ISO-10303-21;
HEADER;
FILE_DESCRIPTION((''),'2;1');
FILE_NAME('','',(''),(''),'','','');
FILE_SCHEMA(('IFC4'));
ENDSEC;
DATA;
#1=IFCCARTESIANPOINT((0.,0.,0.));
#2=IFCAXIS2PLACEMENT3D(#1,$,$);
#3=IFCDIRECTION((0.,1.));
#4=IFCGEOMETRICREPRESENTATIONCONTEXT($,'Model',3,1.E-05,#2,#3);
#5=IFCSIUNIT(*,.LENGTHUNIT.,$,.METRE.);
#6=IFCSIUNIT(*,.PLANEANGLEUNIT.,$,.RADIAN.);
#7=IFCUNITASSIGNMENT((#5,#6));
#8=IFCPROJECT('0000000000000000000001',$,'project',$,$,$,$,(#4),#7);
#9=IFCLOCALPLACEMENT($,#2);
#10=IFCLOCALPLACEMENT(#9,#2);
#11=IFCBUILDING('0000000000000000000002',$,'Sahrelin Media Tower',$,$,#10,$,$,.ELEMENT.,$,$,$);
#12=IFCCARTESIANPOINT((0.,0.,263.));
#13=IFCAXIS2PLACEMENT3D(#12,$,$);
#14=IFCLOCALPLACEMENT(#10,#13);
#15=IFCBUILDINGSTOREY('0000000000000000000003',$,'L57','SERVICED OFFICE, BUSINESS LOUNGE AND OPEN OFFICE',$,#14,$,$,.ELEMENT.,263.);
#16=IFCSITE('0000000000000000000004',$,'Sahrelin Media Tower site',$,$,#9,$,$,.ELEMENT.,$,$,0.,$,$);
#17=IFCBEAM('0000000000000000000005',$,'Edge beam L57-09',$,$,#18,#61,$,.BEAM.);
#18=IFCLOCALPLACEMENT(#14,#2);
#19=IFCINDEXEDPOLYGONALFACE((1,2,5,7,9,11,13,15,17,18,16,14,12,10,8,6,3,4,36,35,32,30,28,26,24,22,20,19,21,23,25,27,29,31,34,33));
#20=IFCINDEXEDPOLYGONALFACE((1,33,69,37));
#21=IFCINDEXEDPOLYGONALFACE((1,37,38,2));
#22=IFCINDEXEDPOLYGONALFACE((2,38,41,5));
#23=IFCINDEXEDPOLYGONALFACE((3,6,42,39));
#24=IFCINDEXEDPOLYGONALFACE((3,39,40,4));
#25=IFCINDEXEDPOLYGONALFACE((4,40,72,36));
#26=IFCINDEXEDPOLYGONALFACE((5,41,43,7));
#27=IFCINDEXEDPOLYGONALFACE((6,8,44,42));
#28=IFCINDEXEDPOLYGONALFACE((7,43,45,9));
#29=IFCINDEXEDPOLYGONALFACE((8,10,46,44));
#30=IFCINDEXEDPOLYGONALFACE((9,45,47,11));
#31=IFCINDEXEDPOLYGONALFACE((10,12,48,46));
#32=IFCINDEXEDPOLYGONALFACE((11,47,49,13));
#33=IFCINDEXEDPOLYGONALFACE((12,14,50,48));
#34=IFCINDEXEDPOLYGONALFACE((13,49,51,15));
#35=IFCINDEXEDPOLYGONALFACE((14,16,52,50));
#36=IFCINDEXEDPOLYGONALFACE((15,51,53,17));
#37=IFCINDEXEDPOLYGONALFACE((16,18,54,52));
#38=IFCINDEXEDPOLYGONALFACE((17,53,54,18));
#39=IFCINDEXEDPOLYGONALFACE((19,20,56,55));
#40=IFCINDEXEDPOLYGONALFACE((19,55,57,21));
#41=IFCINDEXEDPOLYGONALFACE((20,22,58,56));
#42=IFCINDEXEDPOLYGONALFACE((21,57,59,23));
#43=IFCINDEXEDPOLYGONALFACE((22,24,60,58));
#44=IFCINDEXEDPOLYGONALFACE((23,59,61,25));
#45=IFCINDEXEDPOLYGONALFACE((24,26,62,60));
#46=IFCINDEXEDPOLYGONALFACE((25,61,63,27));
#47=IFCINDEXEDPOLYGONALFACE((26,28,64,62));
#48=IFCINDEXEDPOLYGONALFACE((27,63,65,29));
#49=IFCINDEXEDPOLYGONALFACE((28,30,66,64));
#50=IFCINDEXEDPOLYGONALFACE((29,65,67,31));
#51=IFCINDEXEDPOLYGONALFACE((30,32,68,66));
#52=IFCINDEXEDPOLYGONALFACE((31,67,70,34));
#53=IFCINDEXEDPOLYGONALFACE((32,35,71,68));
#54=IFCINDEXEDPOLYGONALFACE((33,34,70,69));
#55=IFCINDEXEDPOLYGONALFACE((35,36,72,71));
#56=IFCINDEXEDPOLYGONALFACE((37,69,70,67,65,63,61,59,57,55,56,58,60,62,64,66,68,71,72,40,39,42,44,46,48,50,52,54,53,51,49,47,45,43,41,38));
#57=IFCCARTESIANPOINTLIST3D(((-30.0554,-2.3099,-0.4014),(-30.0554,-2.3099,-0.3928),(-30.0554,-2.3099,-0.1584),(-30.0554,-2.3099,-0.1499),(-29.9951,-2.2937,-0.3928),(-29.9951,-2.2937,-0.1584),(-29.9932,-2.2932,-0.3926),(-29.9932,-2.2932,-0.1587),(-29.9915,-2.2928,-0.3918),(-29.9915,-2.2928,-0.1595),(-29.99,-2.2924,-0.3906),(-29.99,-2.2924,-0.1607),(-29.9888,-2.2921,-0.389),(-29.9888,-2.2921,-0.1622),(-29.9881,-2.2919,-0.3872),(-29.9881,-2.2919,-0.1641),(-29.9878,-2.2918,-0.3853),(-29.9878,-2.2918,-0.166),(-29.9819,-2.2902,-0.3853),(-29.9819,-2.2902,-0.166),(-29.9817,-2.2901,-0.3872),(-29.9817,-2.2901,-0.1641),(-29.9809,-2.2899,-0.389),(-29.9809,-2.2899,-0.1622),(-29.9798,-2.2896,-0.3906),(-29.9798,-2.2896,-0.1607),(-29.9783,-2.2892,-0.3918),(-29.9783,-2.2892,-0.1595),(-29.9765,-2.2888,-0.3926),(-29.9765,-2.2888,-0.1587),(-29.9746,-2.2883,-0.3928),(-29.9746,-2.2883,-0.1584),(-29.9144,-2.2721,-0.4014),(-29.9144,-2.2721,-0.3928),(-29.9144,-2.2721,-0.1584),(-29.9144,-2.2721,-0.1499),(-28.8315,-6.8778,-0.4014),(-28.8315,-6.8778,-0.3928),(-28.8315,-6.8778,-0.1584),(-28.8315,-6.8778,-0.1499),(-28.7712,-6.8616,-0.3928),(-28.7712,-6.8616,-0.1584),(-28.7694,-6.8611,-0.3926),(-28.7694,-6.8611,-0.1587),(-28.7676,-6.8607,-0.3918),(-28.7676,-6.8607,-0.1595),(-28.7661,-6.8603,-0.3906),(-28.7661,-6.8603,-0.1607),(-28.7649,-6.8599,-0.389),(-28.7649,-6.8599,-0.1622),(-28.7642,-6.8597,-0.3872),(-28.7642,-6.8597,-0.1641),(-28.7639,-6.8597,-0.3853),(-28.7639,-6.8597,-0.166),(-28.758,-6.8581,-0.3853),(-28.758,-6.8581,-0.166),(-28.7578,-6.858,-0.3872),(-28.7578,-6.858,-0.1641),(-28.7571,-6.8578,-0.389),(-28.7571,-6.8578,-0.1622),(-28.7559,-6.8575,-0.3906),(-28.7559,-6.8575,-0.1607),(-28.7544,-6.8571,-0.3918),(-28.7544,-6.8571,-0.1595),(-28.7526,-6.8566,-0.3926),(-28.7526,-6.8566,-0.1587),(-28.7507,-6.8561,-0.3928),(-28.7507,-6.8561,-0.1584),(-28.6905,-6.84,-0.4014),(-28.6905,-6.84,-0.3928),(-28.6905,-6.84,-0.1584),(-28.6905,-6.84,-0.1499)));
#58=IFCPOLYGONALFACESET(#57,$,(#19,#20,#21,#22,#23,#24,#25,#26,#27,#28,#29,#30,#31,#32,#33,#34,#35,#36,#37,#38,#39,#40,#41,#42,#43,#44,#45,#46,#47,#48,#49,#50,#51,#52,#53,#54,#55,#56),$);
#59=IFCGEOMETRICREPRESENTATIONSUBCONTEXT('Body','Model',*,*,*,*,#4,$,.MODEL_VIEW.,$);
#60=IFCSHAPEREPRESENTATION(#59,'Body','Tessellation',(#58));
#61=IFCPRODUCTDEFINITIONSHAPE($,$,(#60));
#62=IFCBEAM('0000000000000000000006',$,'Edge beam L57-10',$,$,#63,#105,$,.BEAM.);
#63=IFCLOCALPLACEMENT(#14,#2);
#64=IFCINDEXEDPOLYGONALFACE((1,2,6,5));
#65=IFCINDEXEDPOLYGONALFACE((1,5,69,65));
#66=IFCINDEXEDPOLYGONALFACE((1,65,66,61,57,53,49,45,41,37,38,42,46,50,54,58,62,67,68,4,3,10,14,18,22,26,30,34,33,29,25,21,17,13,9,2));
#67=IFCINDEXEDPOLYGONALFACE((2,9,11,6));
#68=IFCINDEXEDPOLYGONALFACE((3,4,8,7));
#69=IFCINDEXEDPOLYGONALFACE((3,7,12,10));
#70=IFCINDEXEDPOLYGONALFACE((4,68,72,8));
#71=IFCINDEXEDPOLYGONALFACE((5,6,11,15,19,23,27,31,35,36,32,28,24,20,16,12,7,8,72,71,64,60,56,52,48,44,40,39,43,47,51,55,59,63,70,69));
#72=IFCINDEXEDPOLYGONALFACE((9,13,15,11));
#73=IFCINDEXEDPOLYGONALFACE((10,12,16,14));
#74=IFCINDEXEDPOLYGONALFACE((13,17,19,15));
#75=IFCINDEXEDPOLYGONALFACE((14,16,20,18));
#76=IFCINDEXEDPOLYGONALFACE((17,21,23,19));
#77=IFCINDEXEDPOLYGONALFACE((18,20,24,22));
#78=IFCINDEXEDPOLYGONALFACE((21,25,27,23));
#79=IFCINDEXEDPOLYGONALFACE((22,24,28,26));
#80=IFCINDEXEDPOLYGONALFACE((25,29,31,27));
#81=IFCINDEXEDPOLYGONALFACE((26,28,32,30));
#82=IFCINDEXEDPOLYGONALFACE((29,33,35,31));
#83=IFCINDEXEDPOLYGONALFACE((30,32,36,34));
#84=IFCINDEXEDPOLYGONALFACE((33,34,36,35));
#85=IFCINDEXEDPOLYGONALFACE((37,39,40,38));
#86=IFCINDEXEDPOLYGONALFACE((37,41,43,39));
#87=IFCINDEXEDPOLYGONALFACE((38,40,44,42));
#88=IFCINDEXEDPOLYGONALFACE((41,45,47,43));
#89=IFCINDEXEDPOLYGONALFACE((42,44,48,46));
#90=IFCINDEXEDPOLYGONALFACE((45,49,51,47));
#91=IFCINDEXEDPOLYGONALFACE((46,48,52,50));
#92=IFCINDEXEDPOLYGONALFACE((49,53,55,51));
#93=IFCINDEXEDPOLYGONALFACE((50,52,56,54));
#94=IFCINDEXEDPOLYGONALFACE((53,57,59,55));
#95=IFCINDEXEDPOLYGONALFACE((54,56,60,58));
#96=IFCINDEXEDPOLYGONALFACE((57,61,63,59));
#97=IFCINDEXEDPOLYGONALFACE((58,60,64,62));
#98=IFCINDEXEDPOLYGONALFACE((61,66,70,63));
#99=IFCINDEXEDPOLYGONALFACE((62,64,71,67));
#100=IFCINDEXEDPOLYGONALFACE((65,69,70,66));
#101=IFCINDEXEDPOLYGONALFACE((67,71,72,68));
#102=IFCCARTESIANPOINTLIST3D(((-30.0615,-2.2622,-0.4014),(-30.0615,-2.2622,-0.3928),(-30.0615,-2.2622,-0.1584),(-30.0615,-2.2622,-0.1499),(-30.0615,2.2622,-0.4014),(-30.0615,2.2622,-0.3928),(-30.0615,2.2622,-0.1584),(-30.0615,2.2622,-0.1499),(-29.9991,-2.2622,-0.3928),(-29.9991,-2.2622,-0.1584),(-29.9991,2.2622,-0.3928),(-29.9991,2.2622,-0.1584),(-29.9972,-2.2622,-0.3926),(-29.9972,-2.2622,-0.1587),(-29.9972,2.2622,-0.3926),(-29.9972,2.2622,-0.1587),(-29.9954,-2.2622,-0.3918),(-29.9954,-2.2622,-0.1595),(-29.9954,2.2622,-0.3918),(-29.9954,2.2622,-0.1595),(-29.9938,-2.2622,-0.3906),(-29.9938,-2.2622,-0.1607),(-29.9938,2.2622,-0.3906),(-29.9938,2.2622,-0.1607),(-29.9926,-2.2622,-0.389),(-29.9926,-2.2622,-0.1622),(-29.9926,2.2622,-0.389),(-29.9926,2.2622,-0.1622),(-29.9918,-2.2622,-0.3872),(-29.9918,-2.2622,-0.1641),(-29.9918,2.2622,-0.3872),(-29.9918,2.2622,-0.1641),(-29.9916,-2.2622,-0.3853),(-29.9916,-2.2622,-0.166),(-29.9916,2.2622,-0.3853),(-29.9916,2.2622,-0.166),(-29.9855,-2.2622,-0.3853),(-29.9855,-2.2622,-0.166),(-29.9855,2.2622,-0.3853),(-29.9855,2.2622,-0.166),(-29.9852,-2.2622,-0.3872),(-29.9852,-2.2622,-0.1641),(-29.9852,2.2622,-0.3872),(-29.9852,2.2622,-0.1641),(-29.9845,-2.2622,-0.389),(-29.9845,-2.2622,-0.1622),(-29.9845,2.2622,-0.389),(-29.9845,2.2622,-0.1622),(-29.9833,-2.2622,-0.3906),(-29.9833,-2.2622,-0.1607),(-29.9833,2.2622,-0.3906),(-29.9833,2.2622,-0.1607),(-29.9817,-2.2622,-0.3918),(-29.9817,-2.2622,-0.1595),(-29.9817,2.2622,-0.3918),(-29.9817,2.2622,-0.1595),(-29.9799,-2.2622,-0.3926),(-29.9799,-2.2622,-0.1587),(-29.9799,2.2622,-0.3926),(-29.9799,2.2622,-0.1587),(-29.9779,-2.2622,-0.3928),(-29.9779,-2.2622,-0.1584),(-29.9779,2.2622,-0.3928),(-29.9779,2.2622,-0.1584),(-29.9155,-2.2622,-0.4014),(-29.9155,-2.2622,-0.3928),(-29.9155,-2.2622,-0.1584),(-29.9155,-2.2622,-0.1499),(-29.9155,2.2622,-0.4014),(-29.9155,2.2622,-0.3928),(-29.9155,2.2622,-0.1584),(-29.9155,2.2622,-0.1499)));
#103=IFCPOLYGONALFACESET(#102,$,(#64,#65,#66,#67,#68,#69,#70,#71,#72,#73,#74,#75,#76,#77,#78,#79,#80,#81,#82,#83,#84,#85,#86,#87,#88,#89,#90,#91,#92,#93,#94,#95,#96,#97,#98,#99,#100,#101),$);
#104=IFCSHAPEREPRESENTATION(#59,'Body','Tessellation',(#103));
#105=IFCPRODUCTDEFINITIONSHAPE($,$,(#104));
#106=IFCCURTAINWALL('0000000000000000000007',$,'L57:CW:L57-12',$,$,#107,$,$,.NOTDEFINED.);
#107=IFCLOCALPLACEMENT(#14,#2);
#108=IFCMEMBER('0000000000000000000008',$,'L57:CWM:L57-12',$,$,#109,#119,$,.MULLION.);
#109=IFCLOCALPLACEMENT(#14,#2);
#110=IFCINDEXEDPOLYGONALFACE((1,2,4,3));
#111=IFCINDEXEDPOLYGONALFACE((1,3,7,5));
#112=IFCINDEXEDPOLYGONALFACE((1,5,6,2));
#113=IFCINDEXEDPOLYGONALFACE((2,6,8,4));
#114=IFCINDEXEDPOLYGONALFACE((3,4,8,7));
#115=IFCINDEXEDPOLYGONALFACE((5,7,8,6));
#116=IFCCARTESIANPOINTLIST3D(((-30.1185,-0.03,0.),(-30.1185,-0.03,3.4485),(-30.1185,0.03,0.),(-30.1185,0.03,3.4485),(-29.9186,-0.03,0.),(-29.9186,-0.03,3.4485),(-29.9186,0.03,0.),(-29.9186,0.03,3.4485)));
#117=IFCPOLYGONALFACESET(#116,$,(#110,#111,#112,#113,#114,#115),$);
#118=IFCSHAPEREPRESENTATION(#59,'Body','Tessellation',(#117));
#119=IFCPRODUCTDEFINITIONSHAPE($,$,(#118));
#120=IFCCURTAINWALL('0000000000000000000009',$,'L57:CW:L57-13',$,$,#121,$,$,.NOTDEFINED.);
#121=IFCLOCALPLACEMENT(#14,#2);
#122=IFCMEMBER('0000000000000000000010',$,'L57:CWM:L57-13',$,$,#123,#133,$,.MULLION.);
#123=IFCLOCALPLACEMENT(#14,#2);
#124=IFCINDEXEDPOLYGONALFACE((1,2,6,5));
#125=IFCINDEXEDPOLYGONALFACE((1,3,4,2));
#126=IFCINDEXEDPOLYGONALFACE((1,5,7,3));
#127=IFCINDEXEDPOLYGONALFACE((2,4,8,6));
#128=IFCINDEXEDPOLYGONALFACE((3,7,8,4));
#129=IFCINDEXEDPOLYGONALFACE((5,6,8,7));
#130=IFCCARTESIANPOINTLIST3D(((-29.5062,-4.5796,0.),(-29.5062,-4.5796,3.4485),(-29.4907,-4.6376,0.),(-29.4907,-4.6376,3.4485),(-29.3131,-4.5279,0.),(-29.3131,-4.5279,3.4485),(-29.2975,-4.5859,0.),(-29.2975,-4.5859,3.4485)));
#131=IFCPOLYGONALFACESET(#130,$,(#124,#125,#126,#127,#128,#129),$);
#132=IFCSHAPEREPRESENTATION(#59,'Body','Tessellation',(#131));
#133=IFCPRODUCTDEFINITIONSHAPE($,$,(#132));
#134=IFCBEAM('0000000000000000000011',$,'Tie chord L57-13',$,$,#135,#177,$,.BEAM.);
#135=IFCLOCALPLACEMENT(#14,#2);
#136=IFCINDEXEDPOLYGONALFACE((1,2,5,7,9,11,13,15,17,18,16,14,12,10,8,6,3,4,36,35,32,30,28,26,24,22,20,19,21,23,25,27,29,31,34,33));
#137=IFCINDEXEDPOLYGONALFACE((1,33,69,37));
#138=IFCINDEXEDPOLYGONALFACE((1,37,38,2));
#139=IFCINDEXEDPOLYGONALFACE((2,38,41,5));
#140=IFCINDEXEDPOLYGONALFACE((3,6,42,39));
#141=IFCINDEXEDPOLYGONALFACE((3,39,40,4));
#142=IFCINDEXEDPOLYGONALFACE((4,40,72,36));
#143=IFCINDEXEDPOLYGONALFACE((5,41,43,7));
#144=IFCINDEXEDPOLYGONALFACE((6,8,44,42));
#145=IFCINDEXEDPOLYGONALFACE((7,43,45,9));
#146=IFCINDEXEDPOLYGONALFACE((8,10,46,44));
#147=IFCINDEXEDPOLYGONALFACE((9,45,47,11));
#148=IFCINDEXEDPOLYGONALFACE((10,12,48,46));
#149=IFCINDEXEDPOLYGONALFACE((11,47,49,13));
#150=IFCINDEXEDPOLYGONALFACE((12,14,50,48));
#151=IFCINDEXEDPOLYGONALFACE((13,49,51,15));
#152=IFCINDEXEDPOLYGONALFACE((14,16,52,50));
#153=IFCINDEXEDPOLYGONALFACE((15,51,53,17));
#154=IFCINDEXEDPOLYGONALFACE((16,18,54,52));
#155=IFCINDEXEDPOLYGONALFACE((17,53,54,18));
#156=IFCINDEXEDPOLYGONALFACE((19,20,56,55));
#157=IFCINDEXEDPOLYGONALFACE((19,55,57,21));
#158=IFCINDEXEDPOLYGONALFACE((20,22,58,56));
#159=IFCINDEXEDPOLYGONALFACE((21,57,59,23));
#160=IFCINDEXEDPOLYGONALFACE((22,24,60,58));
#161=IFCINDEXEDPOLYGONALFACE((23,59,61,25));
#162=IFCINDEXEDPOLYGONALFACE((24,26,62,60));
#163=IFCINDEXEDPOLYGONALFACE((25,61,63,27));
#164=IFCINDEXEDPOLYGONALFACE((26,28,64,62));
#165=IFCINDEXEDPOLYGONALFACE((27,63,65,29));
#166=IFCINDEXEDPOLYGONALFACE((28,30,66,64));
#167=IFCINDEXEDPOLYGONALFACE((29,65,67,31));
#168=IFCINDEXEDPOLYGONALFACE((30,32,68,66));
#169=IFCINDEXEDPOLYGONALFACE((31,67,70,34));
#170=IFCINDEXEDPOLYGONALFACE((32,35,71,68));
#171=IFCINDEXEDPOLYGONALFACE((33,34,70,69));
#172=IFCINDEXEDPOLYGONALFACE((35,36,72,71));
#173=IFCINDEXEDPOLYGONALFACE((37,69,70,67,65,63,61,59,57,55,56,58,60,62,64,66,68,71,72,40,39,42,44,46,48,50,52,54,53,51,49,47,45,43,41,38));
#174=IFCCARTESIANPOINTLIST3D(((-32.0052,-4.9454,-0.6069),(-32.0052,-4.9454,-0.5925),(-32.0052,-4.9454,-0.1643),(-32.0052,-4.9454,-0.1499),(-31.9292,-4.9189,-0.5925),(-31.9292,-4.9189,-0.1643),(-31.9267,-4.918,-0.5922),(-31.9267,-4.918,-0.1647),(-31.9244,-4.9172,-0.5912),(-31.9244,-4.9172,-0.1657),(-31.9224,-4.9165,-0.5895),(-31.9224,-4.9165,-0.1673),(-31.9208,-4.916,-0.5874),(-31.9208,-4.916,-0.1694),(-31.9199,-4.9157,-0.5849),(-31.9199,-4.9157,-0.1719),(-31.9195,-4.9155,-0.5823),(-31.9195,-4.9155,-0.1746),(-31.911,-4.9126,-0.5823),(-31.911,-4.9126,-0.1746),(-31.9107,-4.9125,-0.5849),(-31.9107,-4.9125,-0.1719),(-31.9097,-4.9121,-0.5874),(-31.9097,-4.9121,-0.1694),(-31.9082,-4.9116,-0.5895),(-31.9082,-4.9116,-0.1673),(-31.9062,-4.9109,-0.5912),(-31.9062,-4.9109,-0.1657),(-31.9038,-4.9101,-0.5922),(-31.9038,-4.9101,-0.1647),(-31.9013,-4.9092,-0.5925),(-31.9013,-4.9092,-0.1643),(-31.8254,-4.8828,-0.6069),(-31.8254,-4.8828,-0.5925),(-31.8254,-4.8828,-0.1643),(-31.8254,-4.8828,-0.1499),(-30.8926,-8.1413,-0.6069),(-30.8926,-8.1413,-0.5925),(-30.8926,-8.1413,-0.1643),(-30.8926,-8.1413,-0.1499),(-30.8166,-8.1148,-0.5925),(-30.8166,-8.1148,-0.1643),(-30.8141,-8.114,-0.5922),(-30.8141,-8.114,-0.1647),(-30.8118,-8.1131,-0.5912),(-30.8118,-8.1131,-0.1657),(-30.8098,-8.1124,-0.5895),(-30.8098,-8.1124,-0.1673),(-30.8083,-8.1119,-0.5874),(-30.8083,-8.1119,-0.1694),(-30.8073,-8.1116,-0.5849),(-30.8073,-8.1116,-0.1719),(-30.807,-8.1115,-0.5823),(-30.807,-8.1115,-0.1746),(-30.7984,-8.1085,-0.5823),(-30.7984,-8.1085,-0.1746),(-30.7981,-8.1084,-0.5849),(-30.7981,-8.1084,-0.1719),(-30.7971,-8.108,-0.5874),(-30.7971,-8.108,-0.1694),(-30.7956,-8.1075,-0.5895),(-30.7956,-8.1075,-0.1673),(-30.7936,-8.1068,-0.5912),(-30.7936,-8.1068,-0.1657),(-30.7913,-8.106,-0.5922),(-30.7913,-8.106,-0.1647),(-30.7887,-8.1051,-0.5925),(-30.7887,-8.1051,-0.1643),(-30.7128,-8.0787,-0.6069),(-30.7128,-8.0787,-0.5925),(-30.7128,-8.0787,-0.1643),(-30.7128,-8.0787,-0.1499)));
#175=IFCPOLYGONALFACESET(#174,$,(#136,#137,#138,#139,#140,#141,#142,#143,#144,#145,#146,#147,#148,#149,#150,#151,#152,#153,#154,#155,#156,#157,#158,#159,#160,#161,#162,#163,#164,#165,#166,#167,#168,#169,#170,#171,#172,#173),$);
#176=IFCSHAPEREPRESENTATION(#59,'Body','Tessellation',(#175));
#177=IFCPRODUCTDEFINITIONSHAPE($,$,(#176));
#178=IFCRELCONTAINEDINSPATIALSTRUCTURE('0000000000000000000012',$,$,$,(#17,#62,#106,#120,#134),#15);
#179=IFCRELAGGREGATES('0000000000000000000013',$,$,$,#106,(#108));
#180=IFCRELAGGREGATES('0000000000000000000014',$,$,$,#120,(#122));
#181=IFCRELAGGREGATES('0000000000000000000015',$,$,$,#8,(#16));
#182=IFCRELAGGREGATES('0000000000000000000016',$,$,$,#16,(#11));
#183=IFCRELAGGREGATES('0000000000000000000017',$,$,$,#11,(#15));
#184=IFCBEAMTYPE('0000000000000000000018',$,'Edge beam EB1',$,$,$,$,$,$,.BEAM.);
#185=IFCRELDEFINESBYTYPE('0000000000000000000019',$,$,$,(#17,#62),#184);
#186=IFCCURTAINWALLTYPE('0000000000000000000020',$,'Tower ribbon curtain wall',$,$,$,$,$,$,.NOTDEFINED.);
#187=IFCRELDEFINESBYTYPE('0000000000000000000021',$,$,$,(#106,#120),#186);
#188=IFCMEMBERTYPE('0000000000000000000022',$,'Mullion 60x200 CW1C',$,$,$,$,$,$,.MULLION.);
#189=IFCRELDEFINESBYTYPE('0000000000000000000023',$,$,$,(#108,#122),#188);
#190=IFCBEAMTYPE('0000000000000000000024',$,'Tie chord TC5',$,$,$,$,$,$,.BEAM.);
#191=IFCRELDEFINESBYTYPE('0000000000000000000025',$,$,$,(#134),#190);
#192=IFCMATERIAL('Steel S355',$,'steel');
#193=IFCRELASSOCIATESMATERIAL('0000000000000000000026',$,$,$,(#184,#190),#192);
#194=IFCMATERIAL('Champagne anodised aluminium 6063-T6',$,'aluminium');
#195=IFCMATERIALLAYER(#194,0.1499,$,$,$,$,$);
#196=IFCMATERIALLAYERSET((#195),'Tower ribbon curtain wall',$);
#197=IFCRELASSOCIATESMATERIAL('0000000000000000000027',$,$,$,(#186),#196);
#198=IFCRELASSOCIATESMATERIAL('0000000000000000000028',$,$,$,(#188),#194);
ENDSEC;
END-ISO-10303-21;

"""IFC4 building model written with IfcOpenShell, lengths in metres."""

from ifc_helpers import new_model, si_unit, direction, frame, origin, origin_2d, place, context, subcontext, project, spatial, rectangle, i_section, extrude, material, layer, layer_set, material_profile, profile_set, type_object, element, aggregate, save


model = new_model("IFC4")

# Units and contexts
model_context = context("Model", 3, precision=1e-05, world=origin(), true_north=direction((0.0, 1.0)))
body_context = subcontext(model_context, "Body", "Model", "MODEL_VIEW")
ifc_project = project(units=[si_unit("LENGTHUNIT", "METRE"), si_unit("PLANEANGLEUNIT", "RADIAN")], contexts=[model_context])

# Site, building, storey
site_placement = place(None, origin())
site = spatial("IfcSite", under=ifc_project, at=site_placement, Name="Sahrelin Media Tower site", CompositionType="ELEMENT", RefElevation=0.0)
building_placement = place(site_placement, origin())
building = spatial("IfcBuilding", under=site, at=building_placement, Name="Sahrelin Media Tower", CompositionType="ELEMENT")
storey_placement = place(building_placement, frame((0.0, 0.0, 263.0)))
storey = spatial("IfcBuildingStorey", under=building, at=storey_placement, Name="L57", Description="SERVICED OFFICE, BUSINESS LOUNGE AND OPEN OFFICE", CompositionType="ELEMENT", Elevation=263.0)

# Beams
ifc_material_1 = material(Name="Steel S355", Category="steel")
ifc_material_profile_1 = material_profile(ifc_material_1, i_section(OverallWidth=0.146, OverallDepth=0.2515, WebThickness=0.0061, FlangeThickness=0.0085, FilletRadius=0.0076, at=origin_2d()), Name="UB 254x146x31")
ifc_profile_set_1 = profile_set([ifc_material_profile_1], Name="Steel S355")
beam_type_1 = type_object("IfcBeamType", Name="Edge beam EB1", PredefinedType="BEAM", material=ifc_profile_set_1)
beam_1_placement = place(storey_placement, frame((-28.761, -6.8589, -0.2756), z_axis=(-0.258803, 0.96593, 0.0), x_axis=(-0.96593, -0.258803, 0.0)))
element("IfcBeam", 1, at=beam_1_placement, inside=storey, type_object=beam_type_1, Name="Edge beam L57-09", PredefinedType="BEAM", context=body_context, shape_type="SweptSolid", body=[
    extrude(i_section(OverallWidth=0.146, OverallDepth=0.2515, WebThickness=0.0061, FlangeThickness=0.0085, FilletRadius=0.0076, at=origin_2d()), origin(), (0.0, 0.0, 1.0), 4.729),
])
beam_2_placement = place(storey_placement, frame((-29.9885, -2.2622, -0.2756), z_axis=(0.0, 1.0, 0.0), x_axis=(-1.0, 0.0, 0.0)))
element("IfcBeam", 2, at=beam_2_placement, inside=storey, type_object=beam_type_1, Name="Edge beam L57-10", PredefinedType="BEAM", context=body_context, shape_type="SweptSolid", body=[
    extrude(i_section(OverallWidth=0.146, OverallDepth=0.2515, WebThickness=0.0061, FlangeThickness=0.0085, FilletRadius=0.0076, at=origin_2d()), origin(), (0.0, 0.0, 1.0), 4.5244),
])

# Curtain walls, members
ifc_material_2 = material(Name="Champagne anodised aluminium 6063-T6", Category="aluminium")
ifc_layer_1 = layer(ifc_material_2, 0.1499)
ifc_layer_set_1 = layer_set([ifc_layer_1], Name="Tower ribbon curtain wall")
curtain_wall_type = type_object("IfcCurtainWallType", Name="Tower ribbon curtain wall", PredefinedType="NOTDEFINED", material=ifc_layer_set_1)
curtain_wall_1_placement = place(storey_placement, frame((-30.1387, 0.0, 0.0), z_axis=(0.0, 0.0, 1.0), x_axis=(1.0, 0.0, 0.0)))
curtain_wall_1 = element("IfcCurtainWall", 3, at=curtain_wall_1_placement, inside=storey, type_object=curtain_wall_type, Name="L57:CW:L57-12", PredefinedType="NOTDEFINED")
ifc_material_profile_2 = material_profile(ifc_material_2, rectangle(XDim=0.0601, YDim=0.2, at=origin_2d()), Name="Mullion 60x200")
ifc_profile_set_2 = profile_set([ifc_material_profile_2], Name="Champagne anodised aluminium 6063-T6")
member_type_1 = type_object("IfcMemberType", Name="Mullion 60x200 CW1C", PredefinedType="MULLION", material=ifc_profile_set_2)
member_1_placement = place(storey_placement, frame((-30.0186, 0.0, 0.0), z_axis=(0.0, 0.0, 1.0), x_axis=(0.0, -1.0, 0.0)))
member_1 = element("IfcMember", 4, at=member_1_placement, type_object=member_type_1, Name="L57:CWM:L57-12", PredefinedType="MULLION", context=body_context, shape_type="SweptSolid", body=[
    extrude(rectangle(XDim=0.0601, YDim=0.2, at=origin_2d()), origin(), (0.0, 0.0, 1.0), 3.4485),
])
aggregate(curtain_wall_1, [member_1])
curtain_wall_2_placement = place(storey_placement, frame((-29.5176, -4.6138, 0.0), z_axis=(0.0, 0.0, 1.0), x_axis=(1.0, 0.0, 0.0)))
curtain_wall_2 = element("IfcCurtainWall", 5, at=curtain_wall_2_placement, inside=storey, type_object=curtain_wall_type, Name="L57:CW:L57-13", PredefinedType="NOTDEFINED")
member_2_placement = place(storey_placement, frame((-29.4019, -4.5828, 0.0), z_axis=(0.0, 0.0, 1.0), x_axis=(0.258807, -0.965929, 0.0)))
member_2 = element("IfcMember", 6, at=member_2_placement, type_object=member_type_1, Name="L57:CWM:L57-13", PredefinedType="MULLION", context=body_context, shape_type="SweptSolid", body=[
    extrude(rectangle(XDim=0.0601, YDim=0.2, at=origin_2d()), origin(), (0.0, 0.0, 1.0), 3.4485),
])

# Beam
ifc_material_profile_3 = material_profile(ifc_material_1, i_section(OverallWidth=0.1904, OverallDepth=0.457, WebThickness=0.009, FlangeThickness=0.0144, FilletRadius=0.0103, at=origin_2d()), Name="UB 457x191x74")
ifc_profile_set_3 = profile_set([ifc_material_profile_3], Name="Steel S355")
beam_type_2 = type_object("IfcBeamType", Name="Tie chord TC5", PredefinedType="BEAM", material=ifc_profile_set_3)
beam_3_placement = place(storey_placement, frame((-31.9153, -4.9141, -0.3784), z_axis=(0.328775, -0.944408, 0.0), x_axis=(0.944408, 0.328775, 0.0)))
element("IfcBeam", 7, at=beam_3_placement, inside=storey, type_object=beam_type_2, Name="Tie chord L57-13", PredefinedType="BEAM", context=body_context, shape_type="SweptSolid", body=[
    extrude(i_section(OverallWidth=0.1904, OverallDepth=0.457, WebThickness=0.009, FlangeThickness=0.0144, FilletRadius=0.0103, at=origin_2d()), origin(), (0.0, 0.0, 1.0), 3.384),
])

aggregate(curtain_wall_2, [member_2])

save(model, "model.ifc")
